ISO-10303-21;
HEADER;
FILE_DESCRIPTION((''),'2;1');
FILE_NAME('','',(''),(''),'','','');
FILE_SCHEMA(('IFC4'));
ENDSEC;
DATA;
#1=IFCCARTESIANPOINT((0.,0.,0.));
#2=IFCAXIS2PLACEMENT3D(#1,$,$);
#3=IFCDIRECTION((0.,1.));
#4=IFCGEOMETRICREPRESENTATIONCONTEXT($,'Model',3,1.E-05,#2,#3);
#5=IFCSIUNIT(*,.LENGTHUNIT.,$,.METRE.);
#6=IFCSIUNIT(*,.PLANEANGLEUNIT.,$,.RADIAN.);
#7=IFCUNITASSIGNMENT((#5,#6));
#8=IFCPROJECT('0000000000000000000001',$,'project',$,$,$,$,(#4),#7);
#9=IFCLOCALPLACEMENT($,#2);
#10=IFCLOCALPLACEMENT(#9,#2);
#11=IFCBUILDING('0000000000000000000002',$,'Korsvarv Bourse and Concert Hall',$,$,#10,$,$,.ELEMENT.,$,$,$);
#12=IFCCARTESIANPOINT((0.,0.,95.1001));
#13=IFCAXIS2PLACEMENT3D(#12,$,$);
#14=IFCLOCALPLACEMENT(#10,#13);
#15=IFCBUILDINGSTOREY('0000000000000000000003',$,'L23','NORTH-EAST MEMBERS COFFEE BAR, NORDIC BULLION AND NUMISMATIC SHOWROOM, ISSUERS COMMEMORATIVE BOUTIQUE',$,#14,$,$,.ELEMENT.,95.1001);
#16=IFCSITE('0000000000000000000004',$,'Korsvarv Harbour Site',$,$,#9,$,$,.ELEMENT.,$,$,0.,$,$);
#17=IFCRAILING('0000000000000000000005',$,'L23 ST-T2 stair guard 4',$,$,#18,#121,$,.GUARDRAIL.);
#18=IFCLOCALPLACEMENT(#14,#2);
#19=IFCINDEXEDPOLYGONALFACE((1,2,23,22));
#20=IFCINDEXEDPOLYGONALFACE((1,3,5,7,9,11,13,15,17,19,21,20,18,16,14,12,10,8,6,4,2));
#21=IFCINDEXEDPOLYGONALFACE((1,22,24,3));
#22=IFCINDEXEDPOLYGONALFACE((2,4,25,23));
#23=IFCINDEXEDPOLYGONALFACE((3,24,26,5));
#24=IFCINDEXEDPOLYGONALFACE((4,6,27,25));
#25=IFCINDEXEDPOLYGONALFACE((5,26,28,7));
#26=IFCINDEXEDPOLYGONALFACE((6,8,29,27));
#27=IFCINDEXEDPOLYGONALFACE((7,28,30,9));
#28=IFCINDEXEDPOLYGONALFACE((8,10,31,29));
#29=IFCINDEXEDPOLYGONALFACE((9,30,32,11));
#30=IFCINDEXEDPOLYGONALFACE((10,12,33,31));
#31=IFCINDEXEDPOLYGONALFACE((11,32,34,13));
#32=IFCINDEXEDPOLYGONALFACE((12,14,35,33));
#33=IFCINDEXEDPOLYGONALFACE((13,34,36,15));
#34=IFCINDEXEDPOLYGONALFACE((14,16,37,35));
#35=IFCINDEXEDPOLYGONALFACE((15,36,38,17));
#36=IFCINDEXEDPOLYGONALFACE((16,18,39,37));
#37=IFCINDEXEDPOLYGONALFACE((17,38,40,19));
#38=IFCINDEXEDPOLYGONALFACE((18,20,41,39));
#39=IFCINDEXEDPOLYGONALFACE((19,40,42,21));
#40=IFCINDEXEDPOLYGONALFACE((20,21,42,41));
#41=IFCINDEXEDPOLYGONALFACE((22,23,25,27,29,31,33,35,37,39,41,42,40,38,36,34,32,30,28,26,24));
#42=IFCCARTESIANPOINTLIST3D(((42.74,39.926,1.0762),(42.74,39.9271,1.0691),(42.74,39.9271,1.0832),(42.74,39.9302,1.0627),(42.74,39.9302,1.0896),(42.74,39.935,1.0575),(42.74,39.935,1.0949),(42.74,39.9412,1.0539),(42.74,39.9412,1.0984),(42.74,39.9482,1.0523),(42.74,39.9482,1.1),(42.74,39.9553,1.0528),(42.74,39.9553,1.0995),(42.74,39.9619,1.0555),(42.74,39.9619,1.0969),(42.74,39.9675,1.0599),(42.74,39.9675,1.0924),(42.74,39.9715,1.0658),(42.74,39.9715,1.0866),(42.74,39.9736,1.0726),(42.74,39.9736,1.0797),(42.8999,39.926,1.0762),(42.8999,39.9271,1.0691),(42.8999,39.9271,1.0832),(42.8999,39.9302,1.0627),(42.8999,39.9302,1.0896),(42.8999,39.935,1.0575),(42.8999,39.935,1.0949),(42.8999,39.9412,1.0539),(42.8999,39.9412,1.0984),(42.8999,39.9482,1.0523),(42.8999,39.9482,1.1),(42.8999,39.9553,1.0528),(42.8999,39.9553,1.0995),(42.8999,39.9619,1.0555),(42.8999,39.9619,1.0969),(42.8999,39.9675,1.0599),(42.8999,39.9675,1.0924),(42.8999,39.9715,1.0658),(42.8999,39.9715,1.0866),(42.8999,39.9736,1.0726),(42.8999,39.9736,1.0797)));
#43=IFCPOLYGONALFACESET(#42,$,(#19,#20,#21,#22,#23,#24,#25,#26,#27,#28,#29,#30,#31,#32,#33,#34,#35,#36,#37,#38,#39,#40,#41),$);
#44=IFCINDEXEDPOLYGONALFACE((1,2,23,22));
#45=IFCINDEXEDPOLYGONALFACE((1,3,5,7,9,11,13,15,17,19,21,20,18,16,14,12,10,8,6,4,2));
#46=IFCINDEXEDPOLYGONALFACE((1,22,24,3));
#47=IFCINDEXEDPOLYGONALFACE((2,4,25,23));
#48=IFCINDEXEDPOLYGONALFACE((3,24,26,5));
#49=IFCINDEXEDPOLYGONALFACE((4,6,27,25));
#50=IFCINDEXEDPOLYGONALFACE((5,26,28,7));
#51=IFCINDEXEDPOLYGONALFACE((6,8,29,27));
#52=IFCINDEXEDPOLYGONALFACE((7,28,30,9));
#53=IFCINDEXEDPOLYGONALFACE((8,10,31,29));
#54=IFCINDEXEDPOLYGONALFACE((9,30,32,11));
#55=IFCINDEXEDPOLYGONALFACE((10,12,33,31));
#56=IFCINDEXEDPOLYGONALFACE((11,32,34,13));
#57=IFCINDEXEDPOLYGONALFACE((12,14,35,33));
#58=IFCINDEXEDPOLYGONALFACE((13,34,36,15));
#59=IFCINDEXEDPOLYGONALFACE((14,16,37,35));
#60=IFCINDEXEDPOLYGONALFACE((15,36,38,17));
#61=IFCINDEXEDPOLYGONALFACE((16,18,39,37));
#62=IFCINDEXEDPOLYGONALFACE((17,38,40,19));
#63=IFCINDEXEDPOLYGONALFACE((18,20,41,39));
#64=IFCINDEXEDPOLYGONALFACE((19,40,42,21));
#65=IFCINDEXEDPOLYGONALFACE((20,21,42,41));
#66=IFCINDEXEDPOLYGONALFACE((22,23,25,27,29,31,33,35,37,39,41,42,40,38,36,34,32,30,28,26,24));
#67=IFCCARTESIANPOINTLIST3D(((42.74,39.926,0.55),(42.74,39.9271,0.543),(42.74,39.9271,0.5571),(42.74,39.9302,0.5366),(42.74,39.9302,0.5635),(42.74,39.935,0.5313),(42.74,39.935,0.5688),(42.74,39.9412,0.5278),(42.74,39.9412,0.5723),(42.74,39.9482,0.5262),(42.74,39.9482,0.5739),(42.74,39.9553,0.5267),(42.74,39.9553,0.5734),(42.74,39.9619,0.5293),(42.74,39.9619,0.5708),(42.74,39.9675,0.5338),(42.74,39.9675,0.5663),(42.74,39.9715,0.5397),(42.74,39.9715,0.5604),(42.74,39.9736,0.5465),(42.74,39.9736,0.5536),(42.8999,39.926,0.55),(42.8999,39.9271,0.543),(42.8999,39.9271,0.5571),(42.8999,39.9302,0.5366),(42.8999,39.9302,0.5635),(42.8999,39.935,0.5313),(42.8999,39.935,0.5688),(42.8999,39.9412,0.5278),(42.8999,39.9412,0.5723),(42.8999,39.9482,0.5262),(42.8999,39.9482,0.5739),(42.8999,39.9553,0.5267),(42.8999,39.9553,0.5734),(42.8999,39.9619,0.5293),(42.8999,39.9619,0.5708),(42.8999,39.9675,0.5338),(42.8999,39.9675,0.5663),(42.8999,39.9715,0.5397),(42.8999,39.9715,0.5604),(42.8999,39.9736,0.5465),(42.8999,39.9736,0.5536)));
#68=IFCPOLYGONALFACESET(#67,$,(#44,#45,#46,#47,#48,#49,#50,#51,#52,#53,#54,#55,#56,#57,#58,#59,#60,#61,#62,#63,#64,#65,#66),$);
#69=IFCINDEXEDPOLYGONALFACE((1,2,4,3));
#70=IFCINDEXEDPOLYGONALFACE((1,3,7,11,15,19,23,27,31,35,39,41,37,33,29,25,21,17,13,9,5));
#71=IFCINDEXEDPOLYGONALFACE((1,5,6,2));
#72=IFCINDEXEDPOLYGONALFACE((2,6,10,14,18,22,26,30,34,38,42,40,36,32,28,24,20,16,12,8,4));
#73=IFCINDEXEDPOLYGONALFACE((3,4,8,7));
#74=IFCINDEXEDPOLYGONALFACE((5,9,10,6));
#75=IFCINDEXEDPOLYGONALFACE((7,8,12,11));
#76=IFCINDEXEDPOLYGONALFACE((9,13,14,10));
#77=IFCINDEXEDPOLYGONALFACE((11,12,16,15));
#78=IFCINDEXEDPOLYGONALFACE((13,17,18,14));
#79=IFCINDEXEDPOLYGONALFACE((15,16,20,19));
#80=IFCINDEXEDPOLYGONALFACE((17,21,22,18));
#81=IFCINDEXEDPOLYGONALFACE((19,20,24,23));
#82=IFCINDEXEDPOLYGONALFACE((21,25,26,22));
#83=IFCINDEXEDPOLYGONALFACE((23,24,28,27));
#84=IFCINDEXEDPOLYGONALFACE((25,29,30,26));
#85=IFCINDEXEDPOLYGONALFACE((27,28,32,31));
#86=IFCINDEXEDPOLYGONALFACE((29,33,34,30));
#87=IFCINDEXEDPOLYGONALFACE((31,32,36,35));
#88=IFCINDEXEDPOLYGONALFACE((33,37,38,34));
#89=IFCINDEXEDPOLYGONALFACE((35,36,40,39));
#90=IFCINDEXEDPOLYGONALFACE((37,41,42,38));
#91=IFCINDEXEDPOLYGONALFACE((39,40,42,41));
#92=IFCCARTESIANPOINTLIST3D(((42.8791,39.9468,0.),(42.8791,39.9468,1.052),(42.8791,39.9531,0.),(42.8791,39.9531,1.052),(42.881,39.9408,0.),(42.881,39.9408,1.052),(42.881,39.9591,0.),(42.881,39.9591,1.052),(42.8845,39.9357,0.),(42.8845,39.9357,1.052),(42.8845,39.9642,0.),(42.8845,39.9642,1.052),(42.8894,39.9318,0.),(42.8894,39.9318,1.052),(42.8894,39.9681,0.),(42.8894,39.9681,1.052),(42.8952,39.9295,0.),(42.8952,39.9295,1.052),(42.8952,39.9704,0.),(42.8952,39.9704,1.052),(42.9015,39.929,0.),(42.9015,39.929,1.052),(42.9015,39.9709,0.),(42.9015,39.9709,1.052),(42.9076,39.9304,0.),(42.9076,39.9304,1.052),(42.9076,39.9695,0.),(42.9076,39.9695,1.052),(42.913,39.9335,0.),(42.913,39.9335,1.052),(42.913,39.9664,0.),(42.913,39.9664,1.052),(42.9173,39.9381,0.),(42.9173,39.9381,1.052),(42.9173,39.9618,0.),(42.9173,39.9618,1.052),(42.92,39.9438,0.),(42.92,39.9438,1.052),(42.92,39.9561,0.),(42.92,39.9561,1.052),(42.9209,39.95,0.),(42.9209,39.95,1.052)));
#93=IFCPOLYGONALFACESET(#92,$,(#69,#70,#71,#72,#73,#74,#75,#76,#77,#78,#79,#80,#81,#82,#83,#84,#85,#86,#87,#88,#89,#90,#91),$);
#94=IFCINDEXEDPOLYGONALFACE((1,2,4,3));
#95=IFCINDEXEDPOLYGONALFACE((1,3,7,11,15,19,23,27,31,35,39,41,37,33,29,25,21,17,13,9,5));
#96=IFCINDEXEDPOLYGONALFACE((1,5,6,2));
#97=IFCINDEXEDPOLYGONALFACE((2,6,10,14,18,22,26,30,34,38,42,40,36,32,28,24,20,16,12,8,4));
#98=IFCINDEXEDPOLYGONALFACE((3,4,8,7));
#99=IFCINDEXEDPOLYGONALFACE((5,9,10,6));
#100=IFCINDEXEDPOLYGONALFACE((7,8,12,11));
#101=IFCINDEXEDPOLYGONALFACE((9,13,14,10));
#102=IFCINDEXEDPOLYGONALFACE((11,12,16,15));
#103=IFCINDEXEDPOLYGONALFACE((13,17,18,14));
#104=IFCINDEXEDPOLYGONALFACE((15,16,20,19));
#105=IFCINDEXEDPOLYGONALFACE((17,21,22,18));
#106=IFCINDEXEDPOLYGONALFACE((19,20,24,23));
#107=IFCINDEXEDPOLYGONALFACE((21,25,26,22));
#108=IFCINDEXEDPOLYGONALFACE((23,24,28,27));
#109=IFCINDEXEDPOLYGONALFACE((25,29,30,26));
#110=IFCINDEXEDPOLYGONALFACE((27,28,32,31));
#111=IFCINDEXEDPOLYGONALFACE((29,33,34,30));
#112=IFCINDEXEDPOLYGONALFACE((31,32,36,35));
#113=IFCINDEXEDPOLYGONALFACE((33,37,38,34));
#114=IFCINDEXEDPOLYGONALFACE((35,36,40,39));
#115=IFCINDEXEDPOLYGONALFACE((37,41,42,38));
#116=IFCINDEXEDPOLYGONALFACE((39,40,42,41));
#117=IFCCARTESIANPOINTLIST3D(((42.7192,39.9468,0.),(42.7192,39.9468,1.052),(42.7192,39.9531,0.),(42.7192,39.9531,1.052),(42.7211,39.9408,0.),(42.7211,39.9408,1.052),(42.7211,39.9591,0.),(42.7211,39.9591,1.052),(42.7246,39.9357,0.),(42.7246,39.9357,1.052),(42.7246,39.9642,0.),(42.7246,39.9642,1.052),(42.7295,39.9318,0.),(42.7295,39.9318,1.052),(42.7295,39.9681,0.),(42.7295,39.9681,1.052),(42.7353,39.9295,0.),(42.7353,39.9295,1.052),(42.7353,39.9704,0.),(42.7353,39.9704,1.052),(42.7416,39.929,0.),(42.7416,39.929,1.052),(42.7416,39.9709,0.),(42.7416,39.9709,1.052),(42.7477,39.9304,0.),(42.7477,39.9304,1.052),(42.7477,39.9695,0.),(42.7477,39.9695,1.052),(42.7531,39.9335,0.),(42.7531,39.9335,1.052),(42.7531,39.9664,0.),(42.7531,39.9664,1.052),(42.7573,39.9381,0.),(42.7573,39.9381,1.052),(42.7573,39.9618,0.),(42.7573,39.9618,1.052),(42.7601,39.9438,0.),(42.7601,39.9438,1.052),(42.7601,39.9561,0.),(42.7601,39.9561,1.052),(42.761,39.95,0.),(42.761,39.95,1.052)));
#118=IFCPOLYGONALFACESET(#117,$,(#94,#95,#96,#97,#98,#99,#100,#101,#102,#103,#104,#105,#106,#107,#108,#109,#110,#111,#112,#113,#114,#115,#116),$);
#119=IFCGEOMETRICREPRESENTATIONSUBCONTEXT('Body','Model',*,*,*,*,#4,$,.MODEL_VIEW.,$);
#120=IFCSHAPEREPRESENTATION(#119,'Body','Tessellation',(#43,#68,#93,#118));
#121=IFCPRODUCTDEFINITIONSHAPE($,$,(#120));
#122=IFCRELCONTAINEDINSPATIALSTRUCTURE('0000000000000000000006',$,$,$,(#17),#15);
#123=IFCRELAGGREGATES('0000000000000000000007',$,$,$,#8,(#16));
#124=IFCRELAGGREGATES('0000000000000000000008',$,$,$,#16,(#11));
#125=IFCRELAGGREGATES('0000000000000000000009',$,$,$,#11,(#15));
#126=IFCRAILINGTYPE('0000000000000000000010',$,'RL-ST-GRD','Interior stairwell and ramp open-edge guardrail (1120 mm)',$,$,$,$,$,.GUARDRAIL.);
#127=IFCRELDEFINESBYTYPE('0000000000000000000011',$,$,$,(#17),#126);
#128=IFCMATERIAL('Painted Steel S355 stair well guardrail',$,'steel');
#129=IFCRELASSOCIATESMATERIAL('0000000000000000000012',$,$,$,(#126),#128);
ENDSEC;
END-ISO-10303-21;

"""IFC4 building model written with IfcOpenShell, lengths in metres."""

from ifc_helpers import new_model, si_unit, direction, frame, origin, origin_2d, place, context, subcontext, project, spatial, circle, extrude, material, type_object, element, save


model = new_model("IFC4")

# Units and contexts
model_context = context("Model", 3, precision=1e-05, world=origin(), true_north=direction((0.0, 1.0)))
body_context = subcontext(model_context, "Body", "Model", "MODEL_VIEW")
ifc_project = project(units=[si_unit("LENGTHUNIT", "METRE"), si_unit("PLANEANGLEUNIT", "RADIAN")], contexts=[model_context])

# Site, building, storey
site_placement = place(None, origin())
site = spatial("IfcSite", under=ifc_project, at=site_placement, Name="Korsvarv Harbour Site", CompositionType="ELEMENT", RefElevation=0.0)
building_placement = place(site_placement, origin())
building = spatial("IfcBuilding", under=site, at=building_placement, Name="Korsvarv Bourse and Concert Hall", CompositionType="ELEMENT")
storey_placement = place(building_placement, frame((0.0, 0.0, 95.1001)))
storey = spatial("IfcBuildingStorey", under=building, at=storey_placement, Name="L23", Description="NORTH-EAST MEMBERS COFFEE BAR, NORDIC BULLION AND NUMISMATIC SHOWROOM, ISSUERS COMMEMORATIVE BOUTIQUE", CompositionType="ELEMENT", Elevation=95.1001)

# Railing
ifc_material_1 = material(Name="Painted Steel S355 stair well guardrail", Category="steel")
railing_type_1 = type_object("IfcRailingType", Name="RL-ST-GRD", Description="Interior stairwell and ramp open-edge guardrail (1120 mm)", PredefinedType="GUARDRAIL", material=ifc_material_1)
railing_1_placement = place(storey_placement, frame((42.8999, 39.95, 0.0)))
element("IfcRailing", 1, at=railing_1_placement, inside=storey, type_object=railing_type_1, Name="L23 ST-T2 stair guard 4", PredefinedType="GUARDRAIL", context=body_context, shape_type="SweptSolid", body=[
    extrude(circle(Radius=0.0239, at=origin_2d()), frame((0.0, 0.0, 1.0762), z_axis=(-1.0, 0.0, 0.0), x_axis=(0.0, -1.0, 0.0)), (0.0, 0.0, 1.0), 0.1599),
    extrude(circle(Radius=0.0239, at=origin_2d()), frame((0.0, 0.0, 0.55), z_axis=(-1.0, 0.0, 0.0), x_axis=(0.0, -1.0, 0.0)), (0.0, 0.0, 1.0), 0.1599),
    extrude(circle(Radius=0.021, at=origin_2d()), origin(), (0.0, 0.0, 1.0), 1.052),
    extrude(circle(Radius=0.021, at=origin_2d()), frame((-0.1599, 0.0, 0.0)), (0.0, 0.0, 1.0), 1.052),
])

save(model, "model.ifc")
